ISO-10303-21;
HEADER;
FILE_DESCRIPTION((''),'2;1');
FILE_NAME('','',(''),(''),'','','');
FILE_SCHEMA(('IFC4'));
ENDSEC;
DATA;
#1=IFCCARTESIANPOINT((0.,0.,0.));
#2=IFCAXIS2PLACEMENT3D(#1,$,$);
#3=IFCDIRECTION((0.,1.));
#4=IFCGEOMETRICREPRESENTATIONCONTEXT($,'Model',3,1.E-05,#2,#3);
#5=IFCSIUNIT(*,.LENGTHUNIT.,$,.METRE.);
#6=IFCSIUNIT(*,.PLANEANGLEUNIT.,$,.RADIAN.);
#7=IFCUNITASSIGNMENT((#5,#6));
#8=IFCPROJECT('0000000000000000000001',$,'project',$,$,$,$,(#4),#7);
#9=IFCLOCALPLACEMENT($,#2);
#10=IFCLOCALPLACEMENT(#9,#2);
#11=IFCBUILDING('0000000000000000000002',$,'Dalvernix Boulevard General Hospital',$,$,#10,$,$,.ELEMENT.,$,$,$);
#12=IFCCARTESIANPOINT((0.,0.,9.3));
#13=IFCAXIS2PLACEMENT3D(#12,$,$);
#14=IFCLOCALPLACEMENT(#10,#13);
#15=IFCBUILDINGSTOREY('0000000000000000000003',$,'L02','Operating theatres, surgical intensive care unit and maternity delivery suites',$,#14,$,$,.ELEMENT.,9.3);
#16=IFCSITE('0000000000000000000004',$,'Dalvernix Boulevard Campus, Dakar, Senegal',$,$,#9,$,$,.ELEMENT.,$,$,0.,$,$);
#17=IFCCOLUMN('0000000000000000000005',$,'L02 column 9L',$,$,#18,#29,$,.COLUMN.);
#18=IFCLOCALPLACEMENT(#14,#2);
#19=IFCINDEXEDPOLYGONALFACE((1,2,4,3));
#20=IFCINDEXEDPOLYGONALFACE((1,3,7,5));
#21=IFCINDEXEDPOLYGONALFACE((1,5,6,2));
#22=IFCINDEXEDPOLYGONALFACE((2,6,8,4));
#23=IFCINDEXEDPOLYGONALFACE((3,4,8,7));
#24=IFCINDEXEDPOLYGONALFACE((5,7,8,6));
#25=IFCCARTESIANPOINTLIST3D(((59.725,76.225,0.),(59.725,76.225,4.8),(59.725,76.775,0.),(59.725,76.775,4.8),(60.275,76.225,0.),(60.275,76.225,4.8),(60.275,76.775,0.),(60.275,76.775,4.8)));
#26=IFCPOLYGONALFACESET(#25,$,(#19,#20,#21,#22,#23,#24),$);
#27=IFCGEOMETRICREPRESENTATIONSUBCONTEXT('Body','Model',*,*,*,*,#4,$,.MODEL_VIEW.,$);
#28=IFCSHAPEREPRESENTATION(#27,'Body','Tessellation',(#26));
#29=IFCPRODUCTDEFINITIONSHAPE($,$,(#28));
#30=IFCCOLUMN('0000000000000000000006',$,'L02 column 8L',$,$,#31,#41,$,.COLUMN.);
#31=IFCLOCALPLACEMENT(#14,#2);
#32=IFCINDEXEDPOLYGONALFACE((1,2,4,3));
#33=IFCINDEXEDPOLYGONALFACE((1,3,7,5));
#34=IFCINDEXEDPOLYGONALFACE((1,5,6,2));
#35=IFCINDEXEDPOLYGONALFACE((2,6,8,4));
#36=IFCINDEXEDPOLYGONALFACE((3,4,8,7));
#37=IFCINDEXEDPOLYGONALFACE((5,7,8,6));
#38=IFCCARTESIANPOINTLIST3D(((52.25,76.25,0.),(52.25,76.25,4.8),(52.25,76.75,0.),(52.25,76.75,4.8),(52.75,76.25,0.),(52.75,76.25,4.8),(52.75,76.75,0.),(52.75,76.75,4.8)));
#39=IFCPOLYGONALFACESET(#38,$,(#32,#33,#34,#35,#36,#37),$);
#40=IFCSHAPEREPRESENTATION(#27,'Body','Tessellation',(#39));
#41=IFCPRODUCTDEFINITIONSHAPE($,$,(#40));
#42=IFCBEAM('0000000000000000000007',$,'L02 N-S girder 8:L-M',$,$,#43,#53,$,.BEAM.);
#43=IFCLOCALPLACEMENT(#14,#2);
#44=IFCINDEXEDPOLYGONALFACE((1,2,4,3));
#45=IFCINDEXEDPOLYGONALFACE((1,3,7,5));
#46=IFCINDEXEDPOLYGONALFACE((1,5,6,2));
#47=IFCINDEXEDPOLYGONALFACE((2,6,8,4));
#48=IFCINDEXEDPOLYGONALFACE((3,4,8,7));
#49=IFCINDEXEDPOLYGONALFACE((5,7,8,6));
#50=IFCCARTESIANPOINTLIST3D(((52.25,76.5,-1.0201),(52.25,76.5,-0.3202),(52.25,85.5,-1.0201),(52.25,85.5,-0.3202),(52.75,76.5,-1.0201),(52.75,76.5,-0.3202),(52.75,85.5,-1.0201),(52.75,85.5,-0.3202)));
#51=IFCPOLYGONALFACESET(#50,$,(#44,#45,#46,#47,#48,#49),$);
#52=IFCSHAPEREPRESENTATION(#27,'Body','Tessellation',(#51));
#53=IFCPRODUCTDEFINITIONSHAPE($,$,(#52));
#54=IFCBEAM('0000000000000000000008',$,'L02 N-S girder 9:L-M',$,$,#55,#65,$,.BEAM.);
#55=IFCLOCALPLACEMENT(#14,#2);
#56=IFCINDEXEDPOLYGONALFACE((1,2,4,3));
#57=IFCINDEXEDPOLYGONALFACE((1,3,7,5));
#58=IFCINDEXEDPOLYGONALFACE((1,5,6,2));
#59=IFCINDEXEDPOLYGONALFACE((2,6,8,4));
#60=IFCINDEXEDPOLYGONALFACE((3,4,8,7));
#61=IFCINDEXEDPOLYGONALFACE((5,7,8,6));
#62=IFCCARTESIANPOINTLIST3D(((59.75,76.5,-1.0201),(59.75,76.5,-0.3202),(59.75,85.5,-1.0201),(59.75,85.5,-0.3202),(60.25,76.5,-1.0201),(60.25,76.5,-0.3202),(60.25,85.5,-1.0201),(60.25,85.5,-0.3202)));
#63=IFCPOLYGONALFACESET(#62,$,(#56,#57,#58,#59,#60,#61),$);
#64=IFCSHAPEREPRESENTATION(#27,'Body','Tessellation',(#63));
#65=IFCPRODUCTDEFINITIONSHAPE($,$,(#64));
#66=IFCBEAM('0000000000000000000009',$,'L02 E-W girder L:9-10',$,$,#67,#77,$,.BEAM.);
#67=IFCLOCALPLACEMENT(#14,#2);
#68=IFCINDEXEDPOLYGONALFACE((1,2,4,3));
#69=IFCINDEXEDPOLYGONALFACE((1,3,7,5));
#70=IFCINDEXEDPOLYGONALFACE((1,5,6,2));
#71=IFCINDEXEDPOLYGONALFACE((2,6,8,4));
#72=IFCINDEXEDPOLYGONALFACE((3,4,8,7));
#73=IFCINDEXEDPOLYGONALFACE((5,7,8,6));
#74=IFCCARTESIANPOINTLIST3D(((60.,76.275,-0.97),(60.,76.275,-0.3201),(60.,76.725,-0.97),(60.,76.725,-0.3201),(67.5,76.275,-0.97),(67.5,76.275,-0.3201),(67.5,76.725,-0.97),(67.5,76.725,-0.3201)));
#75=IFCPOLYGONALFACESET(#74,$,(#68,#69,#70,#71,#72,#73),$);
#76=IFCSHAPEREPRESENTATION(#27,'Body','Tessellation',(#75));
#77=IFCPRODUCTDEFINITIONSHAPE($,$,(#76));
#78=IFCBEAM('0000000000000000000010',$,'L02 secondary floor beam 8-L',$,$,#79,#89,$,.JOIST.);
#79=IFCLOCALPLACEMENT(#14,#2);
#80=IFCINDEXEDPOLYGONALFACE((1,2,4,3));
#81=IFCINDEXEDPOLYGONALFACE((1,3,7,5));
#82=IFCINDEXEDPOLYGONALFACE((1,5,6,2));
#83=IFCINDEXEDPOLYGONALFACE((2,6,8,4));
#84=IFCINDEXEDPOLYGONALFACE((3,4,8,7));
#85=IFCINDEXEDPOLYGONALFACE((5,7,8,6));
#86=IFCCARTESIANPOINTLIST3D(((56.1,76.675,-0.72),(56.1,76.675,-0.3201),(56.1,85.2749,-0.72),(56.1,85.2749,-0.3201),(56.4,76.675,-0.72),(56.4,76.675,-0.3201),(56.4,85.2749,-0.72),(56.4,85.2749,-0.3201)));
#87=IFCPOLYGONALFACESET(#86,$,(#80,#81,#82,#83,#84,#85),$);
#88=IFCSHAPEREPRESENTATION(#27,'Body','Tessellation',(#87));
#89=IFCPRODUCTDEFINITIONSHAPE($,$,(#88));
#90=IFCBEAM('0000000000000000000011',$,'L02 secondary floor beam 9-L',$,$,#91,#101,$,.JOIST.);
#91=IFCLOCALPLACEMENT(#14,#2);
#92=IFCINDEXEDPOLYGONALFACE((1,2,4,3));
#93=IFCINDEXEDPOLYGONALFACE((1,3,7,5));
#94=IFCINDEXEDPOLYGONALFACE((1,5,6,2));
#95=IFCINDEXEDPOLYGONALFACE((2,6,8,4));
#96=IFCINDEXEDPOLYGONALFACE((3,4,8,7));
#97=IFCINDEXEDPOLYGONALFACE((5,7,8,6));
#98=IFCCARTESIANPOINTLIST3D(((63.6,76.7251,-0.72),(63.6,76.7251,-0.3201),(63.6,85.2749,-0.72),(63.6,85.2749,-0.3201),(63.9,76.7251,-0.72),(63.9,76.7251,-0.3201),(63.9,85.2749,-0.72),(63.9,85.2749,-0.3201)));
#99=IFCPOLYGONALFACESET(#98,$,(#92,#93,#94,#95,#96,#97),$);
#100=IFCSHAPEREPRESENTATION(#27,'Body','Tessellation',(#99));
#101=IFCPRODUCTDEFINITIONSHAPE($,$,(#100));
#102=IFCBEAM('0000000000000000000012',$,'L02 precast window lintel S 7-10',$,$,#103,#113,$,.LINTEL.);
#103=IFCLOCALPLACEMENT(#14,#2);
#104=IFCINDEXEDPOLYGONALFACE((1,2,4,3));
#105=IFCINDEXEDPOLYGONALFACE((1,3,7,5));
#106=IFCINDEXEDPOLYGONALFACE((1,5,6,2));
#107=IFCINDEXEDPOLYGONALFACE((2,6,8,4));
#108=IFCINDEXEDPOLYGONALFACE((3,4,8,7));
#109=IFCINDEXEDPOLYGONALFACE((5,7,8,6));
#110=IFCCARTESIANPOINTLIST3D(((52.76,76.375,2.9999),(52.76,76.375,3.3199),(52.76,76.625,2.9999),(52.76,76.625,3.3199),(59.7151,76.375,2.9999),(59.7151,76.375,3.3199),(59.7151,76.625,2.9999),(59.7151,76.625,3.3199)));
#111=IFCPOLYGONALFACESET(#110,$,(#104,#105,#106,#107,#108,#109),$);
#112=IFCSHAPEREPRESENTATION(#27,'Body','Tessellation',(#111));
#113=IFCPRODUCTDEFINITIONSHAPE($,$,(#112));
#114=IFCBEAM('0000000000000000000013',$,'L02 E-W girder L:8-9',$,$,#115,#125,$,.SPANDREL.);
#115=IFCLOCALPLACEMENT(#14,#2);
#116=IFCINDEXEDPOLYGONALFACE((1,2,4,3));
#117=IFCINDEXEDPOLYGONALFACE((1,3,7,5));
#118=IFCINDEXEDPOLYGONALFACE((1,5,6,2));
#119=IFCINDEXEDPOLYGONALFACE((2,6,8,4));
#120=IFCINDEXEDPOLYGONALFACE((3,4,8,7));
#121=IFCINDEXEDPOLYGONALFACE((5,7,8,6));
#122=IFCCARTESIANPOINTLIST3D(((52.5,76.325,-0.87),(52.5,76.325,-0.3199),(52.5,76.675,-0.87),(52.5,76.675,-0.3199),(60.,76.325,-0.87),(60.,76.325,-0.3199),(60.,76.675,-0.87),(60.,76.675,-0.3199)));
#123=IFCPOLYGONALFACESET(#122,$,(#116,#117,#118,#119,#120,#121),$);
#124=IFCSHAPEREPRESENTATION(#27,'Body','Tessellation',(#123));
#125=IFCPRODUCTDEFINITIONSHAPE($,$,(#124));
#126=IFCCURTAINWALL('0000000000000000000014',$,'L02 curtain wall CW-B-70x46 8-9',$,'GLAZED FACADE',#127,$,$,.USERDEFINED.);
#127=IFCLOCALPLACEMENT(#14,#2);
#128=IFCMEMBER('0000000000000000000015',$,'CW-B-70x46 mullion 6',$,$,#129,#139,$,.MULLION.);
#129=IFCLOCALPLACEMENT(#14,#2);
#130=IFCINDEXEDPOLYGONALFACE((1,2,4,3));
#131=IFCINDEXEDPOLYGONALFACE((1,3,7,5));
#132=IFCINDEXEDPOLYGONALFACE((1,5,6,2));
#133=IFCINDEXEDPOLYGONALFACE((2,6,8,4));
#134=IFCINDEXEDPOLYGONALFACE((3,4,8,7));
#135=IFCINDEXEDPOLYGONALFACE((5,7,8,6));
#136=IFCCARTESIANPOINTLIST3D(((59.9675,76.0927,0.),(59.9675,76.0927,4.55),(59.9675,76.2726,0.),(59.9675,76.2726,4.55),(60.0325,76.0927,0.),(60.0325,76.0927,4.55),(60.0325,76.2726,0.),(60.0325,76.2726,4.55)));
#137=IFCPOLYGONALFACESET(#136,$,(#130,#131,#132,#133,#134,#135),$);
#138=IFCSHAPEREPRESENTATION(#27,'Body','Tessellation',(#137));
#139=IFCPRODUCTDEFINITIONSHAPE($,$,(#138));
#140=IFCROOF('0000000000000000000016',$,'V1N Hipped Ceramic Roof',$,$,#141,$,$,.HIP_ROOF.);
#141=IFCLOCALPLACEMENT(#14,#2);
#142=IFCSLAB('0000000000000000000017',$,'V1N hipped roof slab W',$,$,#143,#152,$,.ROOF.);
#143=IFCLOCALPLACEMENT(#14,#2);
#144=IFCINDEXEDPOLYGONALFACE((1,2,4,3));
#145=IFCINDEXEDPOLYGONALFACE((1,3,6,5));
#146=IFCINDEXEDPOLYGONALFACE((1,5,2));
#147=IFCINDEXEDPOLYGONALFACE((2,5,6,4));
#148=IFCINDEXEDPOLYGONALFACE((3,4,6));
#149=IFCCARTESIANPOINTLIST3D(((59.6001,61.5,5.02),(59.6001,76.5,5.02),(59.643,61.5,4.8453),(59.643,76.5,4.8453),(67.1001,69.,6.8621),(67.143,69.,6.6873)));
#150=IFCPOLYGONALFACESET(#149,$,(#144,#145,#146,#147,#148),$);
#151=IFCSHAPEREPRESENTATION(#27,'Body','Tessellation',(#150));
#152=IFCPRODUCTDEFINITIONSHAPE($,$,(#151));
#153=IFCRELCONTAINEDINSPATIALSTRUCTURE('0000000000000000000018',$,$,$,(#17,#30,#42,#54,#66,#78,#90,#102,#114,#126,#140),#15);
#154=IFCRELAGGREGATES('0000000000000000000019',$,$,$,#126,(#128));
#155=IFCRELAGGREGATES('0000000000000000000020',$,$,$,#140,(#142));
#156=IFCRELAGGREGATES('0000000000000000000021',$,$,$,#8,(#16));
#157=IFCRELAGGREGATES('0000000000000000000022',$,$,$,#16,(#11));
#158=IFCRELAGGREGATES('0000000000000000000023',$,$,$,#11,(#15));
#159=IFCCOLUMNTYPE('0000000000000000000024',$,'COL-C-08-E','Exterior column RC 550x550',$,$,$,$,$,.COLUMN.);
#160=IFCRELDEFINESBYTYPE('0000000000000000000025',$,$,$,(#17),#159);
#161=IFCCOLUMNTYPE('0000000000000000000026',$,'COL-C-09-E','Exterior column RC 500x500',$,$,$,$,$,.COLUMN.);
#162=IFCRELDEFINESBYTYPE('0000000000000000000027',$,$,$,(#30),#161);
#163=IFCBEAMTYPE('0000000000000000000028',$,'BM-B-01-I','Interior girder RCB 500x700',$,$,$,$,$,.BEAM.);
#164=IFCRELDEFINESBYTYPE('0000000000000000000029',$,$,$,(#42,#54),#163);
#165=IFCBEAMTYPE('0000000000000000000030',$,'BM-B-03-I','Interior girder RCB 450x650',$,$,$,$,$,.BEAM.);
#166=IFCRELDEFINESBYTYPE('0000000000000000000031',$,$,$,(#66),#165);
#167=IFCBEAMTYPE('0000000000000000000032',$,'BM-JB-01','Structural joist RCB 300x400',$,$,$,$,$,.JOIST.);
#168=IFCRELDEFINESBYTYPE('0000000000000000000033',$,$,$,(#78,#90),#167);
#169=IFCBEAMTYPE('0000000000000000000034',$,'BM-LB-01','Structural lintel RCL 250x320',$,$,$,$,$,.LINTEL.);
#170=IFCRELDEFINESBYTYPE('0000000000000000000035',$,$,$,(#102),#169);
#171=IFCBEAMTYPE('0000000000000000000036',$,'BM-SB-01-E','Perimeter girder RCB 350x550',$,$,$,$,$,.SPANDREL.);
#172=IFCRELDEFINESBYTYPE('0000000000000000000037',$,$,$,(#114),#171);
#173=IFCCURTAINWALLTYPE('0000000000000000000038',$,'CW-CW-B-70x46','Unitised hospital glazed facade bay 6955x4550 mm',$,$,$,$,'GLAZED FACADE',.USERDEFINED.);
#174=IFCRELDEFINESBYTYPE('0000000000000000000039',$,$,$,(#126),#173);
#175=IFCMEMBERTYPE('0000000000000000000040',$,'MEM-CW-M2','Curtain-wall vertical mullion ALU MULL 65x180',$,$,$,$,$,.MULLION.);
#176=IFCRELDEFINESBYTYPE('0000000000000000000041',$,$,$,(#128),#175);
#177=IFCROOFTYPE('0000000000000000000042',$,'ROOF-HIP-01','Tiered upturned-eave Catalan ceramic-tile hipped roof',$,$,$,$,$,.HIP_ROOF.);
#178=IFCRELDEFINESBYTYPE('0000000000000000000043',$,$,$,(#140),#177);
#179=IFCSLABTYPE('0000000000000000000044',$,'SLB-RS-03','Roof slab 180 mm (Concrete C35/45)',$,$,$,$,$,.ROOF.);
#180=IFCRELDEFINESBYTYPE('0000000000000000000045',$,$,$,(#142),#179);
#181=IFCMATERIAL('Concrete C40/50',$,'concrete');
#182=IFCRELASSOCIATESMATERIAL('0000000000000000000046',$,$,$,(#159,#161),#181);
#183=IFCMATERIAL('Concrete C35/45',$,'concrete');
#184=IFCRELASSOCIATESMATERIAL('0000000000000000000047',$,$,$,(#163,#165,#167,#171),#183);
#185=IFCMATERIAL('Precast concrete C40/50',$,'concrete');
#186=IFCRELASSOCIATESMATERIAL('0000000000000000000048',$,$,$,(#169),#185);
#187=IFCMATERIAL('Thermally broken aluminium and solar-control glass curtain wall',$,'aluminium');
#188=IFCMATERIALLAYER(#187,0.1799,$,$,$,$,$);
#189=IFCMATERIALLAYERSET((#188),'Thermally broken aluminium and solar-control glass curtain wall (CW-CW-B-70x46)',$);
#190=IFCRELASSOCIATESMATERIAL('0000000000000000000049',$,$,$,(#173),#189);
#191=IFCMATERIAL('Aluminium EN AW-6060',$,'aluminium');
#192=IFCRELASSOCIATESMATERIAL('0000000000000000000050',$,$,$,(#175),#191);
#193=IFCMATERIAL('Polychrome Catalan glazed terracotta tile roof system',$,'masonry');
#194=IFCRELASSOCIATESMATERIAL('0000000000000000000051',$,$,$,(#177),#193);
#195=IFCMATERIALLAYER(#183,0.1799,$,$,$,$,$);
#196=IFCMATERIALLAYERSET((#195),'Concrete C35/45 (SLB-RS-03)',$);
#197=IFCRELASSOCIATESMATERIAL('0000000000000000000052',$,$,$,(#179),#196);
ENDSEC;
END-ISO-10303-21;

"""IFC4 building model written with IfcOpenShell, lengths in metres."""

from ifc_helpers import new_model, si_unit, direction, frame, origin, origin_2d, place, context, subcontext, project, spatial, polyline, rectangle, outline, extrude, material, layer, layer_set, material_profile, profile_set, type_object, element, aggregate, save


model = new_model("IFC4")

# Units and contexts
model_context = context("Model", 3, precision=1e-05, world=origin(), true_north=direction((0.0, 1.0)))
body_context = subcontext(model_context, "Body", "Model", "MODEL_VIEW")
ifc_project = project(units=[si_unit("LENGTHUNIT", "METRE"), si_unit("PLANEANGLEUNIT", "RADIAN")], contexts=[model_context])

# Site, building, storey
site_placement = place(None, origin())
site = spatial("IfcSite", under=ifc_project, at=site_placement, Name="Dalvernix Boulevard Campus, Dakar, Senegal", CompositionType="ELEMENT", RefElevation=0.0)
building_placement = place(site_placement, origin())
building = spatial("IfcBuilding", under=site, at=building_placement, Name="Dalvernix Boulevard General Hospital", CompositionType="ELEMENT")
storey_placement = place(building_placement, frame((0.0, 0.0, 9.3)))
storey = spatial("IfcBuildingStorey", under=building, at=storey_placement, Name="L02", Description="Operating theatres, surgical intensive care unit and maternity delivery suites", CompositionType="ELEMENT", Elevation=9.3)

# Columns
ifc_material_1 = material(Name="Concrete C40/50", Category="concrete")
ifc_material_profile_1 = material_profile(ifc_material_1, rectangle(XDim=0.55, YDim=0.55, at=origin_2d()), Name="RC 550x550")
ifc_profile_set_1 = profile_set([ifc_material_profile_1], Name="Concrete C40/50")
column_type_1 = type_object("IfcColumnType", Name="COL-C-08-E", Description="Exterior column RC 550x550", PredefinedType="COLUMN", material=ifc_profile_set_1)
column_1_placement = place(storey_placement, frame((60.0, 76.5, 0.0), z_axis=(0.0, 0.0, 1.0), x_axis=(1.0, 0.0, 0.0)))
element("IfcColumn", 1, at=column_1_placement, inside=storey, type_object=column_type_1, Name="L02 column 9L", PredefinedType="COLUMN", context=body_context, shape_type="SweptSolid", body=[
    extrude(rectangle(XDim=0.55, YDim=0.55, at=origin_2d()), origin(), (0.0, 0.0, 1.0), 4.8),
])
ifc_material_profile_2 = material_profile(ifc_material_1, rectangle(XDim=0.5, YDim=0.5, at=origin_2d()), Name="RC 500x500")
ifc_profile_set_2 = profile_set([ifc_material_profile_2], Name="Concrete C40/50")
column_type_2 = type_object("IfcColumnType", Name="COL-C-09-E", Description="Exterior column RC 500x500", PredefinedType="COLUMN", material=ifc_profile_set_2)
column_2_placement = place(storey_placement, frame((52.5, 76.5, 0.0), z_axis=(0.0, 0.0, 1.0), x_axis=(1.0, 0.0, 0.0)))
element("IfcColumn", 2, at=column_2_placement, inside=storey, type_object=column_type_2, Name="L02 column 8L", PredefinedType="COLUMN", context=body_context, shape_type="SweptSolid", body=[
    extrude(rectangle(XDim=0.5, YDim=0.5, at=origin_2d()), origin(), (0.0, 0.0, 1.0), 4.8),
])

# Beams
ifc_material_2 = material(Name="Concrete C35/45", Category="concrete")
ifc_material_profile_3 = material_profile(ifc_material_2, rectangle(XDim=0.5, YDim=0.7, at=origin_2d()), Name="RCB 500x700")
ifc_profile_set_3 = profile_set([ifc_material_profile_3], Name="Concrete C35/45")
beam_type_1 = type_object("IfcBeamType", Name="BM-B-01-I", Description="Interior girder RCB 500x700", PredefinedType="BEAM", material=ifc_profile_set_3)
for number, where, z_axis, x_axis, name in (
    (3, (52.5, 76.5, -0.6702), (0.0, 1.0, 0.0), (-1.0, 0.0, 0.0), "L02 N-S girder 8:L-M"),
    (4, (60.0, 76.5, -0.6702), (0.0, 1.0, 0.0), (-1.0, 0.0, 0.0), "L02 N-S girder 9:L-M"),
):
    element("IfcBeam", number, at=place(storey_placement, frame(where, z_axis=z_axis, x_axis=x_axis)), inside=storey, type_object=beam_type_1, Name=name, PredefinedType="BEAM", context=body_context, shape_type="SweptSolid", body=[
        extrude(rectangle(XDim=0.5, YDim=0.7, at=origin_2d()), origin(), (0.0, 0.0, 1.0), 9.0),
    ])
ifc_material_profile_4 = material_profile(ifc_material_2, rectangle(XDim=0.45, YDim=0.6499, at=origin_2d()), Name="RCB 450x650")
ifc_profile_set_4 = profile_set([ifc_material_profile_4], Name="Concrete C35/45")
beam_type_2 = type_object("IfcBeamType", Name="BM-B-03-I", Description="Interior girder RCB 450x650", PredefinedType="BEAM", material=ifc_profile_set_4)
beam_1_placement = place(storey_placement, frame((60.0, 76.5, -0.645), z_axis=(1.0, 0.0, 0.0), x_axis=(0.0, 1.0, 0.0)))
element("IfcBeam", 5, at=beam_1_placement, inside=storey, type_object=beam_type_2, Name="L02 E-W girder L:9-10", PredefinedType="BEAM", context=body_context, shape_type="SweptSolid", body=[
    extrude(rectangle(XDim=0.45, YDim=0.6499, at=origin_2d()), origin(), (0.0, 0.0, 1.0), 7.5),
])
ifc_material_profile_5 = material_profile(ifc_material_2, rectangle(XDim=0.3, YDim=0.3999, at=origin_2d()), Name="RCB 300x400")
ifc_profile_set_5 = profile_set([ifc_material_profile_5], Name="Concrete C35/45")
beam_type_3 = type_object("IfcBeamType", Name="BM-JB-01", Description="Structural joist RCB 300x400", PredefinedType="JOIST", material=ifc_profile_set_5)
beam_2_placement = place(storey_placement, frame((56.25, 76.675, -0.52), z_axis=(0.0, 1.0, 0.0), x_axis=(-1.0, 0.0, 0.0)))
element("IfcBeam", 6, at=beam_2_placement, inside=storey, type_object=beam_type_3, Name="L02 secondary floor beam 8-L", PredefinedType="JOIST", context=body_context, shape_type="SweptSolid", body=[
    extrude(rectangle(XDim=0.3, YDim=0.3999, at=origin_2d()), origin(), (0.0, 0.0, 1.0), 8.5999),
])
beam_3_placement = place(storey_placement, frame((63.75, 76.7251, -0.52), z_axis=(0.0, 1.0, 0.0), x_axis=(-1.0, 0.0, 0.0)))
element("IfcBeam", 7, at=beam_3_placement, inside=storey, type_object=beam_type_3, Name="L02 secondary floor beam 9-L", PredefinedType="JOIST", context=body_context, shape_type="SweptSolid", body=[
    extrude(rectangle(XDim=0.3, YDim=0.3999, at=origin_2d()), origin(), (0.0, 0.0, 1.0), 8.5498),
])
ifc_material_3 = material(Name="Precast concrete C40/50", Category="concrete")
ifc_material_profile_6 = material_profile(ifc_material_3, rectangle(XDim=0.25, YDim=0.3201, at=origin_2d()), Name="RCL 250x320")
ifc_profile_set_6 = profile_set([ifc_material_profile_6], Name="Precast concrete C40/50")
beam_type_4 = type_object("IfcBeamType", Name="BM-LB-01", Description="Structural lintel RCL 250x320", PredefinedType="LINTEL", material=ifc_profile_set_6)
beam_4_placement = place(storey_placement, frame((59.7151, 76.5, 3.1599), z_axis=(-1.0, 0.0, 0.0), x_axis=(0.0, -1.0, 0.0)))
element("IfcBeam", 8, at=beam_4_placement, inside=storey, type_object=beam_type_4, Name="L02 precast window lintel S 7-10", PredefinedType="LINTEL", context=body_context, shape_type="SweptSolid", body=[
    extrude(rectangle(XDim=0.25, YDim=0.3201, at=origin_2d()), origin(), (0.0, 0.0, 1.0), 6.9551),
])
ifc_material_profile_7 = material_profile(ifc_material_2, rectangle(XDim=0.3501, YDim=0.55, at=origin_2d()), Name="RCB 350x550")
ifc_profile_set_7 = profile_set([ifc_material_profile_7], Name="Concrete C35/45")
beam_type_5 = type_object("IfcBeamType", Name="BM-SB-01-E", Description="Perimeter girder RCB 350x550", PredefinedType="SPANDREL", material=ifc_profile_set_7)
beam_5_placement = place(storey_placement, frame((52.5, 76.5, -0.595), z_axis=(1.0, 0.0, 0.0), x_axis=(0.0, 1.0, 0.0)))
element("IfcBeam", 9, at=beam_5_placement, inside=storey, type_object=beam_type_5, Name="L02 E-W girder L:8-9", PredefinedType="SPANDREL", context=body_context, shape_type="SweptSolid", body=[
    extrude(rectangle(XDim=0.3501, YDim=0.55, at=origin_2d()), origin(), (0.0, 0.0, 1.0), 7.5),
])

# Curtain wall, member
ifc_material_4 = material(Name="Thermally broken aluminium and solar-control glass curtain wall", Category="aluminium")
ifc_layer_1 = layer(ifc_material_4, 0.1799)
ifc_layer_set_1 = layer_set([ifc_layer_1], Name="Thermally broken aluminium and solar-control glass curtain wall (CW-CW-B-70x46)")
curtain_wall_type = type_object("IfcCurtainWallType", Name="CW-CW-B-70x46", Description="Unitised hospital glazed facade bay 6955x4550 mm", ElementType="GLAZED FACADE", PredefinedType="USERDEFINED", material=ifc_layer_set_1)
curtain_wall_placement = place(storey_placement, origin())
curtain_wall = element("IfcCurtainWall", 10, at=curtain_wall_placement, inside=storey, type_object=curtain_wall_type, Name="L02 curtain wall CW-B-70x46 8-9", ObjectType="GLAZED FACADE", PredefinedType="USERDEFINED")
ifc_material_5 = material(Name="Aluminium EN AW-6060", Category="aluminium")
ifc_material_profile_8 = material_profile(ifc_material_5, rectangle(XDim=0.0649, YDim=0.1799, at=origin_2d()), Name="ALU MULL 65x180")
ifc_profile_set_8 = profile_set([ifc_material_profile_8], Name="Aluminium EN AW-6060")
member_type = type_object("IfcMemberType", Name="MEM-CW-M2", Description="Curtain-wall vertical mullion ALU MULL 65x180", PredefinedType="MULLION", material=ifc_profile_set_8)
member_placement = place(storey_placement, frame((60.0, 76.1826, 0.0), z_axis=(0.0, 0.0, 1.0), x_axis=(-1.0, 0.0, 0.0)))
member = element("IfcMember", 11, at=member_placement, type_object=member_type, Name="CW-B-70x46 mullion 6", PredefinedType="MULLION", context=body_context, shape_type="SweptSolid", body=[
    extrude(rectangle(XDim=0.0649, YDim=0.1799, at=origin_2d()), origin(), (0.0, 0.0, 1.0), 4.55),
])
aggregate(curtain_wall, [member])

# Roof, slab
ifc_material_6 = material(Name="Polychrome Catalan glazed terracotta tile roof system", Category="masonry")
roof_type_1 = type_object("IfcRoofType", Name="ROOF-HIP-01", Description="Tiered upturned-eave Catalan ceramic-tile hipped roof", PredefinedType="HIP_ROOF", material=ifc_material_6)
roof_1_placement = place(storey_placement, origin())
roof_1 = element("IfcRoof", 12, at=roof_1_placement, inside=storey, type_object=roof_type_1, Name="V1N Hipped Ceramic Roof", PredefinedType="HIP_ROOF")
ifc_layer_2 = layer(ifc_material_2, 0.1799)
ifc_layer_set_2 = layer_set([ifc_layer_2], Name="Concrete C35/45 (SLB-RS-03)")
slab_type = type_object("IfcSlabType", Name="SLB-RS-03", Description="Roof slab 180 mm (Concrete C35/45)", PredefinedType="ROOF", material=ifc_layer_set_2)
slab_placement = place(storey_placement, frame((59.6001, 76.5, 5.02), z_axis=(-0.238517, 0.0, 0.971138), x_axis=(0.0, -1.0, 0.0)))
slab = element("IfcSlab", 13, at=slab_placement, type_object=slab_type, Name="V1N hipped roof slab W", PredefinedType="ROOF", context=body_context, shape_type="SweptSolid", body=[
    extrude(outline(polyline([(0.0, 0.0), (15.0, 0.0), (7.5, 7.7229), (0.0, 0.0)])), origin(), (0.0, 0.0, -1.0), 0.1799),
])
aggregate(roof_1, [slab])

save(model, "model.ifc")
